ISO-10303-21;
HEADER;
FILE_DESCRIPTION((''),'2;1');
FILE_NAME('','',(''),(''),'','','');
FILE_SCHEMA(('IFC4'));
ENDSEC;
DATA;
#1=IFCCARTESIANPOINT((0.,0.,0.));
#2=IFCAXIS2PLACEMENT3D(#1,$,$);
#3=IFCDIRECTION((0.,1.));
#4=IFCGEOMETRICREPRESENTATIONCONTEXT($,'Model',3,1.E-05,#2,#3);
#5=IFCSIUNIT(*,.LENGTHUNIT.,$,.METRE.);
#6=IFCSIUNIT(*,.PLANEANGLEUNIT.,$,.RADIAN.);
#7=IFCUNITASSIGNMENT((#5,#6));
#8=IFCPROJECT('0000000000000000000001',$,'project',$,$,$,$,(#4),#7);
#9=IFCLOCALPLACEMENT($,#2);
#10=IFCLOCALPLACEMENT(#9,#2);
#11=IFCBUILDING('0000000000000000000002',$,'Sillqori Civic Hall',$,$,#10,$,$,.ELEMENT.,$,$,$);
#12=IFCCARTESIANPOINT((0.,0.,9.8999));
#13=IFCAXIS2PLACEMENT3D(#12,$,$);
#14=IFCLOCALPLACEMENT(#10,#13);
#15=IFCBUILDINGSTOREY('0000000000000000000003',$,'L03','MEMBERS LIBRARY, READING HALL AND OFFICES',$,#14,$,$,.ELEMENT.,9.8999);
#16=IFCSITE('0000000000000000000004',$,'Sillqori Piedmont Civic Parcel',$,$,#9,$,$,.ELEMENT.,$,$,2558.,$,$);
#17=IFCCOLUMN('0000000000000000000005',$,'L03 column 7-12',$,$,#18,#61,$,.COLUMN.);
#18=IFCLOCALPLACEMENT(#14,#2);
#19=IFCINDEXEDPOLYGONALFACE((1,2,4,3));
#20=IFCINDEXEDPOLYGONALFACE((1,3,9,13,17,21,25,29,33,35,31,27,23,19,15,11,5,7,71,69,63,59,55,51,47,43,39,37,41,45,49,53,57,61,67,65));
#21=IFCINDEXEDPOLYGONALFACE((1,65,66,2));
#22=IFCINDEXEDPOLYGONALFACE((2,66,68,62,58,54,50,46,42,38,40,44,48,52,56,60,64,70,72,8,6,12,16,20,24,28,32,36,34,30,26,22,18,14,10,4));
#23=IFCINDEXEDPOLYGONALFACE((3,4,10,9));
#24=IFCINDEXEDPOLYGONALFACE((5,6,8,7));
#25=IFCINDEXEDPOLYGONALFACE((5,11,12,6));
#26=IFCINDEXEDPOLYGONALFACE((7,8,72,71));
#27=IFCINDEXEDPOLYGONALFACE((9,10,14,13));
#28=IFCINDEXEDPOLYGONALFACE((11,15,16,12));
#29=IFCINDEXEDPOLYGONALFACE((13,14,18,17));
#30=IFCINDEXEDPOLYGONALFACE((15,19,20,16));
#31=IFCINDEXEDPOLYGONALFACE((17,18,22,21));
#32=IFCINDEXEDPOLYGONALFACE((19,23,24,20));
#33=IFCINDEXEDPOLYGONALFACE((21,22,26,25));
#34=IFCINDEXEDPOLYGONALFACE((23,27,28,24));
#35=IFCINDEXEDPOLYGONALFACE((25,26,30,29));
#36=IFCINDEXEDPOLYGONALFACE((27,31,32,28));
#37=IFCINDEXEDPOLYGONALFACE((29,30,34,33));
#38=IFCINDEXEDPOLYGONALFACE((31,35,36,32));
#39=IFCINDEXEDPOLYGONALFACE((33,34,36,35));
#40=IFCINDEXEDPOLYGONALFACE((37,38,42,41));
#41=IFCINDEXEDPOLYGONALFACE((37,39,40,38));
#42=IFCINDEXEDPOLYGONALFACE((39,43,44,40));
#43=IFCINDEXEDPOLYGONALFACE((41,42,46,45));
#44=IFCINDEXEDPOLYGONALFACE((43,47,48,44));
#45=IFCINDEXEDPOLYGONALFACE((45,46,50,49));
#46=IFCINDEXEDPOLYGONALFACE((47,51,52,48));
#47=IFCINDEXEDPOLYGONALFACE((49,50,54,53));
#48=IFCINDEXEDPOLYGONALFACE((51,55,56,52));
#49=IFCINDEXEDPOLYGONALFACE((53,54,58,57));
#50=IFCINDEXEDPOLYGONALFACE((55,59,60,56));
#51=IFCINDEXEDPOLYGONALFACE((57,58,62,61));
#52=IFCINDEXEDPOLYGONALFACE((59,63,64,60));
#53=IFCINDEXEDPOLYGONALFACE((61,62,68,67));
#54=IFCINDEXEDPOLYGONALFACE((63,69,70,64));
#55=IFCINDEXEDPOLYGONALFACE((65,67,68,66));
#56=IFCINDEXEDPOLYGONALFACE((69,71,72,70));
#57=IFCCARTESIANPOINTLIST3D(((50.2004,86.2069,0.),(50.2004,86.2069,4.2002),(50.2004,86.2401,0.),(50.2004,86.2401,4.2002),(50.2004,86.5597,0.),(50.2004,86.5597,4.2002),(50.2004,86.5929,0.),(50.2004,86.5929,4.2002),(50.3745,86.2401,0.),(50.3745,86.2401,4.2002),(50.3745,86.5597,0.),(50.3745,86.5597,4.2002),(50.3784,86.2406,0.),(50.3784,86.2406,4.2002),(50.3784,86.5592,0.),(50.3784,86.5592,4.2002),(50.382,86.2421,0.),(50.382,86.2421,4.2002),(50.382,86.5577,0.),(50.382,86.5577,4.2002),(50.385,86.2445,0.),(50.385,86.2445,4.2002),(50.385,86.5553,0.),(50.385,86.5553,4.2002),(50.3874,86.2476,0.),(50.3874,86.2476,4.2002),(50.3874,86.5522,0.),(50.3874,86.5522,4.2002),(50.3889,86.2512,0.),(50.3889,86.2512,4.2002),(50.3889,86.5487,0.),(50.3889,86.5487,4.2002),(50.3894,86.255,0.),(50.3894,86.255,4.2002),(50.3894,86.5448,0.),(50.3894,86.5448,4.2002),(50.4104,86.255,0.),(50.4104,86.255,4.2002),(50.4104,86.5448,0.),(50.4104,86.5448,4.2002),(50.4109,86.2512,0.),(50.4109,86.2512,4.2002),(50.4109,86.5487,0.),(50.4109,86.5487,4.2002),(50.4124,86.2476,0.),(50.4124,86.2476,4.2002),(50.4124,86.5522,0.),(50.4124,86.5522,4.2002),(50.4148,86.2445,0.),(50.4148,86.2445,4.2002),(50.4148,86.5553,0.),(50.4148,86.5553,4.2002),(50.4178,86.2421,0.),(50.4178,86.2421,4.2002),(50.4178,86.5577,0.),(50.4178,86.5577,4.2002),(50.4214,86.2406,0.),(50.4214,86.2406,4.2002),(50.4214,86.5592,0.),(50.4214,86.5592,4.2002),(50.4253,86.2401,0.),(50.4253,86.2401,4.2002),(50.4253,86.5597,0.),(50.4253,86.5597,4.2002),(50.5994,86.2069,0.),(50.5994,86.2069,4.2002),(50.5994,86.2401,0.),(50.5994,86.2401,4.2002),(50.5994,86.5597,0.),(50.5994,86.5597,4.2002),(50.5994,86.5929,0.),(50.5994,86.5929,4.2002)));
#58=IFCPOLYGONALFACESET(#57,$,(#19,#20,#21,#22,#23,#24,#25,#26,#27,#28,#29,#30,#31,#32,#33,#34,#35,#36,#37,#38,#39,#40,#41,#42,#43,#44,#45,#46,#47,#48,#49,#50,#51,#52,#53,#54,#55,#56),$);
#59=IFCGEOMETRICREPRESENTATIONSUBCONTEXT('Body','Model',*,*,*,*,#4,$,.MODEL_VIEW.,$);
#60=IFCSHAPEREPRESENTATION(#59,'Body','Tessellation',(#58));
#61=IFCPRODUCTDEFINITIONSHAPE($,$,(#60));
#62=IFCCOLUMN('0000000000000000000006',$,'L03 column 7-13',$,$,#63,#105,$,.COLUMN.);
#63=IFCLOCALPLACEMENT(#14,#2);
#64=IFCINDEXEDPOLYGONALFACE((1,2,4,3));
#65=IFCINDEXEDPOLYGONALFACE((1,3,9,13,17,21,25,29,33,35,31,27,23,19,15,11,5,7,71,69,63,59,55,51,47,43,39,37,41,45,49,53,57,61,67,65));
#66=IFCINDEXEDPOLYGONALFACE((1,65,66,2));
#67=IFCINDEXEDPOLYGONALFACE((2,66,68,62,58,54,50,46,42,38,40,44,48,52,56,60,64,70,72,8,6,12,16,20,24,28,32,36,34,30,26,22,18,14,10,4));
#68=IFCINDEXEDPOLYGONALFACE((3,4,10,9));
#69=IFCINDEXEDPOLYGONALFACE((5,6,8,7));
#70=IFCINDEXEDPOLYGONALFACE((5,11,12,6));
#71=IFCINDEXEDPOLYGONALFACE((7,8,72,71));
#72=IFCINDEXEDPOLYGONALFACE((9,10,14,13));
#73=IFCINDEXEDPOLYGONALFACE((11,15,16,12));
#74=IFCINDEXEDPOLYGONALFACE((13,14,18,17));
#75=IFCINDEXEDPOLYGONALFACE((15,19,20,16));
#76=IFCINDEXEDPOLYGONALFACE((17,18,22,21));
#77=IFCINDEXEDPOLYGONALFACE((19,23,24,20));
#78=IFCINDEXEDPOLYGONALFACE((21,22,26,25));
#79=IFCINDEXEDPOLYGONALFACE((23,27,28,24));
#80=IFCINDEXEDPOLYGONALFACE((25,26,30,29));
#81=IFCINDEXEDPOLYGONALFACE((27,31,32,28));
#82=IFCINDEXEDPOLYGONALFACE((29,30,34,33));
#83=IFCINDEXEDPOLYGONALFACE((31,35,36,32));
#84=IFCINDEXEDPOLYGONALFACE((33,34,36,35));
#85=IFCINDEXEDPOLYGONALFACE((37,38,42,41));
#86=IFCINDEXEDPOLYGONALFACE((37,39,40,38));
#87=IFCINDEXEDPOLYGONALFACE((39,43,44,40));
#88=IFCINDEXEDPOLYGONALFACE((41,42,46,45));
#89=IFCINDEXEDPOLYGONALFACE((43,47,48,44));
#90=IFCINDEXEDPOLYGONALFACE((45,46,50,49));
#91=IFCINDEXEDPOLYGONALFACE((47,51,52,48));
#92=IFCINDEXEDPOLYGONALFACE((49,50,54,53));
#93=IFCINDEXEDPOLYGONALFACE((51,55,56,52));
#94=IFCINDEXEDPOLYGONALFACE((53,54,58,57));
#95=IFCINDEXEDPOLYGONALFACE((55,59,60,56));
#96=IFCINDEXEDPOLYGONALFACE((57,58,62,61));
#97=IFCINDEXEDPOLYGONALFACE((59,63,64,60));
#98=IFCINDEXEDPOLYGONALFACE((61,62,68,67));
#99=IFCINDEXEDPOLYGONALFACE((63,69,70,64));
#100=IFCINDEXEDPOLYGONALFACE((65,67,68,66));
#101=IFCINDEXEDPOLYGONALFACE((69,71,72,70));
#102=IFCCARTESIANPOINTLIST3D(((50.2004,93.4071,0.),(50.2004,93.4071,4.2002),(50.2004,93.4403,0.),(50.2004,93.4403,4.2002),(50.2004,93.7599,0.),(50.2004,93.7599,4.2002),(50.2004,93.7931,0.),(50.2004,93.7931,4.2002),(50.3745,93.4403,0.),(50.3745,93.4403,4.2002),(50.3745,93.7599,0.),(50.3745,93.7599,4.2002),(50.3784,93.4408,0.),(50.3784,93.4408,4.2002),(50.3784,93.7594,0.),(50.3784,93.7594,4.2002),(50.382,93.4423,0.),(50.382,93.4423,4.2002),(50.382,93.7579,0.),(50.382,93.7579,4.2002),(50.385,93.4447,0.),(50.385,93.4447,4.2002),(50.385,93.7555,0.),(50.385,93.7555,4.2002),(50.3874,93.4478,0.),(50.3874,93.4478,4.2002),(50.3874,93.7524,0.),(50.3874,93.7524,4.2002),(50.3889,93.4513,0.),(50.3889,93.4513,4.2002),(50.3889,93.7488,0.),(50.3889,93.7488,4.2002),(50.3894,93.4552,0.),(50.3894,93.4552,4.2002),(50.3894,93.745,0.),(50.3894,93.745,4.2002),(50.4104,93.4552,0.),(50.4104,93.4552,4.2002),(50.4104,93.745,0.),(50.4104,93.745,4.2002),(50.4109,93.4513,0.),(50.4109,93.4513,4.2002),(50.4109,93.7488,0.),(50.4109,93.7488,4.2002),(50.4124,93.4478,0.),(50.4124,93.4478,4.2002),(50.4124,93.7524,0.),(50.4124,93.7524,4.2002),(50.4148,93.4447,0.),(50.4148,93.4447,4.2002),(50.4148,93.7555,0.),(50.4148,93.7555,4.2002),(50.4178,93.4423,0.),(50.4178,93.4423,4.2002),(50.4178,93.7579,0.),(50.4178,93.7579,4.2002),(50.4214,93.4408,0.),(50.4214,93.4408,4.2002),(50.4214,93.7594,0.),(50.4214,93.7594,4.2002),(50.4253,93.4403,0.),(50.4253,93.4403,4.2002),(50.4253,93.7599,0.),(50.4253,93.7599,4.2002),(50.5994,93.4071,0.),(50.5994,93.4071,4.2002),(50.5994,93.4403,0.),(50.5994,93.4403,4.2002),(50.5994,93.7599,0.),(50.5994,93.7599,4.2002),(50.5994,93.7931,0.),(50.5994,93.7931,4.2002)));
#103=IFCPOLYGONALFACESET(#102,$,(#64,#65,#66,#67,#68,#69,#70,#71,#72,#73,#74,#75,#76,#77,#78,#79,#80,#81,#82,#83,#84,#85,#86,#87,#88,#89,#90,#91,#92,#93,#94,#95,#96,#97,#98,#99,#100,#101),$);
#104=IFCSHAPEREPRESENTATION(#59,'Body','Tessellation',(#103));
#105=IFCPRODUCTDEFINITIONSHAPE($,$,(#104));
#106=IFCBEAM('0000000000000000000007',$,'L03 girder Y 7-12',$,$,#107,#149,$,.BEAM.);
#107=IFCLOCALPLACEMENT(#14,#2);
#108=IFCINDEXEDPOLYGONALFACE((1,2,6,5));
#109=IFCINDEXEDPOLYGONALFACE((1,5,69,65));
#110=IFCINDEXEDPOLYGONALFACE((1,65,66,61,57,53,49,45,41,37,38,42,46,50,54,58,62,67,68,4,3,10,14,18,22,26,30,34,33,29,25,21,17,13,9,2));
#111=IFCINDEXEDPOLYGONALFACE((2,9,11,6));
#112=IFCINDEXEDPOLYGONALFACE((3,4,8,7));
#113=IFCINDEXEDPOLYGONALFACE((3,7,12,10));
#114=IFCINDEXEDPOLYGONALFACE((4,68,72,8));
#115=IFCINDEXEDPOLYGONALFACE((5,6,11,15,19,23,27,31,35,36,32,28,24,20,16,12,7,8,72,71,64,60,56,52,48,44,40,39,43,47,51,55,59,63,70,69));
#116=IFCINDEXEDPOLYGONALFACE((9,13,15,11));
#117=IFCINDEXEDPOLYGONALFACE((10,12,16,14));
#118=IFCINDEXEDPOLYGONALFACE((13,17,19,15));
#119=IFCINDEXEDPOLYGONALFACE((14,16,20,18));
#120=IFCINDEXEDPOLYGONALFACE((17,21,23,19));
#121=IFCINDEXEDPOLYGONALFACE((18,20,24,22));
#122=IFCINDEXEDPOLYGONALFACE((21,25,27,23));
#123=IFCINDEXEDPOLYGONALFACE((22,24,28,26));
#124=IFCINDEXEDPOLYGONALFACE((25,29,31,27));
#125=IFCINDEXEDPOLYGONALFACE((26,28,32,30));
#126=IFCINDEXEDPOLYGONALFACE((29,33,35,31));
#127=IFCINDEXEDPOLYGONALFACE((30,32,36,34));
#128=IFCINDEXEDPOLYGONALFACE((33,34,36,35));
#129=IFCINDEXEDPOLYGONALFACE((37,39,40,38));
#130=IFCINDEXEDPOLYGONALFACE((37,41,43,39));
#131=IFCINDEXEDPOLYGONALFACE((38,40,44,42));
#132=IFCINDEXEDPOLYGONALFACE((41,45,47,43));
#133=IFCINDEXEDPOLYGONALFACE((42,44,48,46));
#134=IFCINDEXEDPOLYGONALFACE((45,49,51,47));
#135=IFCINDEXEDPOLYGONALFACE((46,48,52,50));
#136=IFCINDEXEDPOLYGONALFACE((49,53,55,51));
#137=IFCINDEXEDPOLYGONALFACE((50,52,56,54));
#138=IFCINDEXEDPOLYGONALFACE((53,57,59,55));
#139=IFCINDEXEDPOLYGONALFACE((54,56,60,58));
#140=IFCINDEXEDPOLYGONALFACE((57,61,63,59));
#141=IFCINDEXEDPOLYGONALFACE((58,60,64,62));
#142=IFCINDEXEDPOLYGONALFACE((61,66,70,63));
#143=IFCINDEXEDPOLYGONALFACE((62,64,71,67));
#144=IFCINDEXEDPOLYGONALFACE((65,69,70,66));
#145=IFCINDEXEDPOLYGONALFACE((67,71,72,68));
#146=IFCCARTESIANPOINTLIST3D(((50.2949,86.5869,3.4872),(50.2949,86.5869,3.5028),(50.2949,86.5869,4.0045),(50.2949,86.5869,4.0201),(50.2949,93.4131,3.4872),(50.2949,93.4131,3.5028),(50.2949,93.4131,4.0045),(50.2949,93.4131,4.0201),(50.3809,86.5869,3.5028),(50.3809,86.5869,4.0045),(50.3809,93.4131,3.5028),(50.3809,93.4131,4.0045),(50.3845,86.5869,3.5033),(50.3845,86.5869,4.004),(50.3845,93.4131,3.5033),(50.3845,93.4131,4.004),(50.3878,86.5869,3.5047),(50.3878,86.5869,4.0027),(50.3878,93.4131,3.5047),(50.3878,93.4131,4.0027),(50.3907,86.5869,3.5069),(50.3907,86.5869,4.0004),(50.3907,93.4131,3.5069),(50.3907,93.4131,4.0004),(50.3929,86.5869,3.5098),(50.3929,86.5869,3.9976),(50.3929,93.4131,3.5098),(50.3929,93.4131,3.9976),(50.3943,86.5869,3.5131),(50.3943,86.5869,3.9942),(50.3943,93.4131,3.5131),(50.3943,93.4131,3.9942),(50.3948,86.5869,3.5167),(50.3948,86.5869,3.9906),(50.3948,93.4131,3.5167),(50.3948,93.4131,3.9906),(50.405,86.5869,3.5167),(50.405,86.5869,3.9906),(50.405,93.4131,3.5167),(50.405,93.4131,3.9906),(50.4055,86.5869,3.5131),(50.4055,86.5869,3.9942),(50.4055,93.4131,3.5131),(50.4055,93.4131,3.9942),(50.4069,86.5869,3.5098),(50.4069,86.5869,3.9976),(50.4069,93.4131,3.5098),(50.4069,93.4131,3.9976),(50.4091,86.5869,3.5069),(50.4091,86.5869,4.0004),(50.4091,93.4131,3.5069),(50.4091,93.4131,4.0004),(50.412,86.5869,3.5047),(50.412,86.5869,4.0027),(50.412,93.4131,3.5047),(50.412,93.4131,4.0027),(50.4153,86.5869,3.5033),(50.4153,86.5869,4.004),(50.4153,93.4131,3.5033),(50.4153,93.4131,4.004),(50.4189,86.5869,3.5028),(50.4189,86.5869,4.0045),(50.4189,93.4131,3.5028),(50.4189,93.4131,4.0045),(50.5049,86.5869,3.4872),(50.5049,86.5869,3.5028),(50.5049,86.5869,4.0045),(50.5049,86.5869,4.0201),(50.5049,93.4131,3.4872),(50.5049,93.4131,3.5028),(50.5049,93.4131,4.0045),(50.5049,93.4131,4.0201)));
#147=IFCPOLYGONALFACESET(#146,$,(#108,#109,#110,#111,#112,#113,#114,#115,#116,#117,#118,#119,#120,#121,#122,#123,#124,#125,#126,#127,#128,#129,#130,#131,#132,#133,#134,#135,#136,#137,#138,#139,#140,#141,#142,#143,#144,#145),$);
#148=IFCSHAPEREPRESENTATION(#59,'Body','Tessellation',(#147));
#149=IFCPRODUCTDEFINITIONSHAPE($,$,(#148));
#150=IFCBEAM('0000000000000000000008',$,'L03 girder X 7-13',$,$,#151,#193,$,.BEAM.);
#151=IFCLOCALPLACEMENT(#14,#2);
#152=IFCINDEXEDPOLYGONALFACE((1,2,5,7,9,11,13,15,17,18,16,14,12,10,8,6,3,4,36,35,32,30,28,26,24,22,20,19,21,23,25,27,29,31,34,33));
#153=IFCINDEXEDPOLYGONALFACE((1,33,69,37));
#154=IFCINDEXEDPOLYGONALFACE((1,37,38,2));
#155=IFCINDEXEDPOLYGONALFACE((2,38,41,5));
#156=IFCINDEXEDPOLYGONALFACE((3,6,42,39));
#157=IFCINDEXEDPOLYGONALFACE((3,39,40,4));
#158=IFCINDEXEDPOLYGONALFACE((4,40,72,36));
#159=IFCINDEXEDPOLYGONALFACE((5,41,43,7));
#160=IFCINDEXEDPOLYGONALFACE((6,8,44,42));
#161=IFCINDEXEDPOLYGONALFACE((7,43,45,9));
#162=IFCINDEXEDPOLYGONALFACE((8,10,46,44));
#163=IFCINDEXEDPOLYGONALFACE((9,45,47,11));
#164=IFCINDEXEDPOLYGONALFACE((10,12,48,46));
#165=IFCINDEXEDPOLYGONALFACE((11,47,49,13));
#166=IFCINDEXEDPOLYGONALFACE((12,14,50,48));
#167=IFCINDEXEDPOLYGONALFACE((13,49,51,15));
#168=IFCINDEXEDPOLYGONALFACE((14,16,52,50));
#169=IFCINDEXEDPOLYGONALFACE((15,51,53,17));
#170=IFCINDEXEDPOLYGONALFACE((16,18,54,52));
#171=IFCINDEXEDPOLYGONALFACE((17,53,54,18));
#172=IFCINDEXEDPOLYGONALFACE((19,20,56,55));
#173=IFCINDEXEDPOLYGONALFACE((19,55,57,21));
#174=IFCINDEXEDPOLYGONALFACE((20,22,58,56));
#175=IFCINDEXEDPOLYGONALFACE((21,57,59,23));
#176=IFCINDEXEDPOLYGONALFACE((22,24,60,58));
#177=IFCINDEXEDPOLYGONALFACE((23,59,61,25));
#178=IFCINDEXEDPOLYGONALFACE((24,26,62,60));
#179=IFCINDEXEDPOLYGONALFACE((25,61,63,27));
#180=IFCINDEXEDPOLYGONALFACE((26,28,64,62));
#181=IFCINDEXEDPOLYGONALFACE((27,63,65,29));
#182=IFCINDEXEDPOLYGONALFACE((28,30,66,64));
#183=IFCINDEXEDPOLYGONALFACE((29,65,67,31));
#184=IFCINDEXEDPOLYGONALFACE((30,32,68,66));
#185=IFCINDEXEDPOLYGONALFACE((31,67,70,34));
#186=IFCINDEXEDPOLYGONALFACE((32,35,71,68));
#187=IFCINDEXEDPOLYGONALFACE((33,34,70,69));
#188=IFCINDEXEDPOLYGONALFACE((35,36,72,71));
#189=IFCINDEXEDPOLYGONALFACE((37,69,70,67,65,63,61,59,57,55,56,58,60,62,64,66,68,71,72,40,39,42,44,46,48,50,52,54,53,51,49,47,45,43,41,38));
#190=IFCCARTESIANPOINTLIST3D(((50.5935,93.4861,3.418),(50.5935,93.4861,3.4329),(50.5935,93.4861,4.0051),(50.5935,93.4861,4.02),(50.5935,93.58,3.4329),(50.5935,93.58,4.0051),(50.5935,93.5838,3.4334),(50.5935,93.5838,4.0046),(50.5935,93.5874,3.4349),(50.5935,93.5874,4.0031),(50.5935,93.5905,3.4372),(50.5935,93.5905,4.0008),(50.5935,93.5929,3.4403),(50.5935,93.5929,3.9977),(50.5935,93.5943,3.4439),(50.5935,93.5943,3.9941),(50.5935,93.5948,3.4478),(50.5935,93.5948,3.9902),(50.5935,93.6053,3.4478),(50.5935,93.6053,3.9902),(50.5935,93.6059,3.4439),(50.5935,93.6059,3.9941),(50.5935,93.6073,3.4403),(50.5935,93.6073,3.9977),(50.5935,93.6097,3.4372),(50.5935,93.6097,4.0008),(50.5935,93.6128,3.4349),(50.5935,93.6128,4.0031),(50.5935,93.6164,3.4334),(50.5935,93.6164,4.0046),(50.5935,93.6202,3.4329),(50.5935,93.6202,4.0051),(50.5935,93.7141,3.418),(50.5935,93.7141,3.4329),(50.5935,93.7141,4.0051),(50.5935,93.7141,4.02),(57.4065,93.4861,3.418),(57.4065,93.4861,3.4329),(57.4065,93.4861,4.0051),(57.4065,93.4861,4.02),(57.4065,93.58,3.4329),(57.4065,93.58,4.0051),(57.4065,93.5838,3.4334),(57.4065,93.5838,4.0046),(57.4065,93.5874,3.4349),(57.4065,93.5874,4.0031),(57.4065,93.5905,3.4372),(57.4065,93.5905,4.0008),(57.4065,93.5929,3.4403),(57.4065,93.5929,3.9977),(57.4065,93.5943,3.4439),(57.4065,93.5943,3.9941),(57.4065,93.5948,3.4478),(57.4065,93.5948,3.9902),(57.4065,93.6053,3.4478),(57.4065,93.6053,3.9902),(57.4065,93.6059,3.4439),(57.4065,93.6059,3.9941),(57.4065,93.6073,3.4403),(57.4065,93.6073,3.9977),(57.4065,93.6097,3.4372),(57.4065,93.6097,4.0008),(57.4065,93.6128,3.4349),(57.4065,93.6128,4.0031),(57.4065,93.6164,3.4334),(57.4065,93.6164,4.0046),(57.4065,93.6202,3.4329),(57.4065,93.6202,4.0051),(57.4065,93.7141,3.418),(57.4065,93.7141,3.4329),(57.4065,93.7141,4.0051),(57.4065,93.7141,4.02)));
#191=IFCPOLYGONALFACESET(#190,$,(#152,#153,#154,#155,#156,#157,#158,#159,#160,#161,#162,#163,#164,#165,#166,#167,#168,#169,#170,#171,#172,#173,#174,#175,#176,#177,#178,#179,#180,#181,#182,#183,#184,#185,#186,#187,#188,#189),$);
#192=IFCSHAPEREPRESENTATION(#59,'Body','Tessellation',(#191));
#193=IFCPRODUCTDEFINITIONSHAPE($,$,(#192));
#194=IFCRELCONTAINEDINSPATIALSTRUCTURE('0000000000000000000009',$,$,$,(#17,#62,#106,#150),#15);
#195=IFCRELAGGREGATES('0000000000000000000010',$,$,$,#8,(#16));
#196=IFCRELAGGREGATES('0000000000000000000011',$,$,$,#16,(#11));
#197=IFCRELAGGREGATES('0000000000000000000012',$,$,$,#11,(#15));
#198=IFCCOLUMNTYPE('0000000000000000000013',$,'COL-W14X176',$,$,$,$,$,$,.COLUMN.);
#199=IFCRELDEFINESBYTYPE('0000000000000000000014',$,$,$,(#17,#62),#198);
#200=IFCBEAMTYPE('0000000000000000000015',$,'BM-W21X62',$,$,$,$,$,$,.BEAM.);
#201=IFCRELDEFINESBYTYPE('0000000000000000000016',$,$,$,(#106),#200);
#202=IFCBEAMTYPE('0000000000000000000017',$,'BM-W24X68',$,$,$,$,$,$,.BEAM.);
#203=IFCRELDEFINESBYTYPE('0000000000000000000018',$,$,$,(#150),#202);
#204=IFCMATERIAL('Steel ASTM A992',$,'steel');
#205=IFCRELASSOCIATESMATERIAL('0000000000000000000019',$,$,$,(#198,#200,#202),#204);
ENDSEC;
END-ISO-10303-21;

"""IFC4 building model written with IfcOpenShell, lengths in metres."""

from ifc_helpers import new_model, si_unit, direction, frame, origin, origin_2d, place, context, subcontext, project, spatial, i_section, extrude, material, material_profile, profile_set, type_object, element, save


model = new_model("IFC4")

# Units and contexts
model_context = context("Model", 3, precision=1e-05, world=origin(), true_north=direction((0.0, 1.0)))
body_context = subcontext(model_context, "Body", "Model", "MODEL_VIEW")
ifc_project = project(units=[si_unit("LENGTHUNIT", "METRE"), si_unit("PLANEANGLEUNIT", "RADIAN")], contexts=[model_context])

# Site, building, storey
site_placement = place(None, origin())
site = spatial("IfcSite", under=ifc_project, at=site_placement, Name="Sillqori Piedmont Civic Parcel", CompositionType="ELEMENT", RefElevation=2558.0)
building_placement = place(site_placement, origin())
building = spatial("IfcBuilding", under=site, at=building_placement, Name="Sillqori Civic Hall", CompositionType="ELEMENT")
storey_placement = place(building_placement, frame((0.0, 0.0, 9.8999)))
storey = spatial("IfcBuildingStorey", under=building, at=storey_placement, Name="L03", Description="MEMBERS LIBRARY, READING HALL AND OFFICES", CompositionType="ELEMENT", Elevation=9.8999)

# Columns
ifc_material_1 = material(Name="Steel ASTM A992", Category="steel")
ifc_material_profile_1 = material_profile(ifc_material_1, i_section(OverallWidth=0.3989, OverallDepth=0.386, WebThickness=0.021, FlangeThickness=0.0332, FilletRadius=0.0149, at=origin_2d()), Name="W14X176")
ifc_profile_set_1 = profile_set([ifc_material_profile_1], Name="Steel ASTM A992")
column_type = type_object("IfcColumnType", Name="COL-W14X176", PredefinedType="COLUMN", material=ifc_profile_set_1)
for number, where, z_axis, x_axis, name in (
    (1, (50.3999, 86.3999, 0.0), (0.0, 0.0, 1.0), (1.0, 0.0, 0.0), "L03 column 7-12"),
    (2, (50.3999, 93.6001, 0.0), (0.0, 0.0, 1.0), (1.0, 0.0, 0.0), "L03 column 7-13"),
):
    element("IfcColumn", number, at=place(storey_placement, frame(where, z_axis=z_axis, x_axis=x_axis)), inside=storey, type_object=column_type, Name=name, PredefinedType="COLUMN", context=body_context, shape_type="SweptSolid", body=[
        extrude(i_section(OverallWidth=0.3989, OverallDepth=0.386, WebThickness=0.021, FlangeThickness=0.0332, FilletRadius=0.0149, at=origin_2d()), origin(), (0.0, 0.0, 1.0), 4.2002),
    ])

# Beams
ifc_material_profile_2 = material_profile(ifc_material_1, i_section(OverallWidth=0.21, OverallDepth=0.533, WebThickness=0.0103, FlangeThickness=0.0156, FilletRadius=0.0139, at=origin_2d()), Name="W21X62")
ifc_profile_set_2 = profile_set([ifc_material_profile_2], Name="Steel ASTM A992")
beam_type_1 = type_object("IfcBeamType", Name="BM-W21X62", PredefinedType="BEAM", material=ifc_profile_set_2)
beam_1_placement = place(storey_placement, frame((50.3999, 86.5869, 3.7537), z_axis=(0.0, 1.0, 0.0), x_axis=(-1.0, 0.0, 0.0)))
element("IfcBeam", 3, at=beam_1_placement, inside=storey, type_object=beam_type_1, Name="L03 girder Y 7-12", PredefinedType="BEAM", context=body_context, shape_type="SweptSolid", body=[
    extrude(i_section(OverallWidth=0.21, OverallDepth=0.533, WebThickness=0.0103, FlangeThickness=0.0156, FilletRadius=0.0139, at=origin_2d()), origin(), (0.0, 0.0, 1.0), 6.8262),
])
ifc_material_profile_3 = material_profile(ifc_material_1, i_section(OverallWidth=0.228, OverallDepth=0.6021, WebThickness=0.0105, FlangeThickness=0.0149, FilletRadius=0.0149, at=origin_2d()), Name="W24X68")
ifc_profile_set_3 = profile_set([ifc_material_profile_3], Name="Steel ASTM A992")
beam_type_2 = type_object("IfcBeamType", Name="BM-W24X68", PredefinedType="BEAM", material=ifc_profile_set_3)
beam_2_placement = place(storey_placement, frame((50.5935, 93.6001, 3.719), z_axis=(1.0, 0.0, 0.0), x_axis=(0.0, 1.0, 0.0)))
element("IfcBeam", 4, at=beam_2_placement, inside=storey, type_object=beam_type_2, Name="L03 girder X 7-13", PredefinedType="BEAM", context=body_context, shape_type="SweptSolid", body=[
    extrude(i_section(OverallWidth=0.228, OverallDepth=0.6021, WebThickness=0.0105, FlangeThickness=0.0149, FilletRadius=0.0149, at=origin_2d()), origin(), (0.0, 0.0, 1.0), 6.813),
])

save(model, "model.ifc")
